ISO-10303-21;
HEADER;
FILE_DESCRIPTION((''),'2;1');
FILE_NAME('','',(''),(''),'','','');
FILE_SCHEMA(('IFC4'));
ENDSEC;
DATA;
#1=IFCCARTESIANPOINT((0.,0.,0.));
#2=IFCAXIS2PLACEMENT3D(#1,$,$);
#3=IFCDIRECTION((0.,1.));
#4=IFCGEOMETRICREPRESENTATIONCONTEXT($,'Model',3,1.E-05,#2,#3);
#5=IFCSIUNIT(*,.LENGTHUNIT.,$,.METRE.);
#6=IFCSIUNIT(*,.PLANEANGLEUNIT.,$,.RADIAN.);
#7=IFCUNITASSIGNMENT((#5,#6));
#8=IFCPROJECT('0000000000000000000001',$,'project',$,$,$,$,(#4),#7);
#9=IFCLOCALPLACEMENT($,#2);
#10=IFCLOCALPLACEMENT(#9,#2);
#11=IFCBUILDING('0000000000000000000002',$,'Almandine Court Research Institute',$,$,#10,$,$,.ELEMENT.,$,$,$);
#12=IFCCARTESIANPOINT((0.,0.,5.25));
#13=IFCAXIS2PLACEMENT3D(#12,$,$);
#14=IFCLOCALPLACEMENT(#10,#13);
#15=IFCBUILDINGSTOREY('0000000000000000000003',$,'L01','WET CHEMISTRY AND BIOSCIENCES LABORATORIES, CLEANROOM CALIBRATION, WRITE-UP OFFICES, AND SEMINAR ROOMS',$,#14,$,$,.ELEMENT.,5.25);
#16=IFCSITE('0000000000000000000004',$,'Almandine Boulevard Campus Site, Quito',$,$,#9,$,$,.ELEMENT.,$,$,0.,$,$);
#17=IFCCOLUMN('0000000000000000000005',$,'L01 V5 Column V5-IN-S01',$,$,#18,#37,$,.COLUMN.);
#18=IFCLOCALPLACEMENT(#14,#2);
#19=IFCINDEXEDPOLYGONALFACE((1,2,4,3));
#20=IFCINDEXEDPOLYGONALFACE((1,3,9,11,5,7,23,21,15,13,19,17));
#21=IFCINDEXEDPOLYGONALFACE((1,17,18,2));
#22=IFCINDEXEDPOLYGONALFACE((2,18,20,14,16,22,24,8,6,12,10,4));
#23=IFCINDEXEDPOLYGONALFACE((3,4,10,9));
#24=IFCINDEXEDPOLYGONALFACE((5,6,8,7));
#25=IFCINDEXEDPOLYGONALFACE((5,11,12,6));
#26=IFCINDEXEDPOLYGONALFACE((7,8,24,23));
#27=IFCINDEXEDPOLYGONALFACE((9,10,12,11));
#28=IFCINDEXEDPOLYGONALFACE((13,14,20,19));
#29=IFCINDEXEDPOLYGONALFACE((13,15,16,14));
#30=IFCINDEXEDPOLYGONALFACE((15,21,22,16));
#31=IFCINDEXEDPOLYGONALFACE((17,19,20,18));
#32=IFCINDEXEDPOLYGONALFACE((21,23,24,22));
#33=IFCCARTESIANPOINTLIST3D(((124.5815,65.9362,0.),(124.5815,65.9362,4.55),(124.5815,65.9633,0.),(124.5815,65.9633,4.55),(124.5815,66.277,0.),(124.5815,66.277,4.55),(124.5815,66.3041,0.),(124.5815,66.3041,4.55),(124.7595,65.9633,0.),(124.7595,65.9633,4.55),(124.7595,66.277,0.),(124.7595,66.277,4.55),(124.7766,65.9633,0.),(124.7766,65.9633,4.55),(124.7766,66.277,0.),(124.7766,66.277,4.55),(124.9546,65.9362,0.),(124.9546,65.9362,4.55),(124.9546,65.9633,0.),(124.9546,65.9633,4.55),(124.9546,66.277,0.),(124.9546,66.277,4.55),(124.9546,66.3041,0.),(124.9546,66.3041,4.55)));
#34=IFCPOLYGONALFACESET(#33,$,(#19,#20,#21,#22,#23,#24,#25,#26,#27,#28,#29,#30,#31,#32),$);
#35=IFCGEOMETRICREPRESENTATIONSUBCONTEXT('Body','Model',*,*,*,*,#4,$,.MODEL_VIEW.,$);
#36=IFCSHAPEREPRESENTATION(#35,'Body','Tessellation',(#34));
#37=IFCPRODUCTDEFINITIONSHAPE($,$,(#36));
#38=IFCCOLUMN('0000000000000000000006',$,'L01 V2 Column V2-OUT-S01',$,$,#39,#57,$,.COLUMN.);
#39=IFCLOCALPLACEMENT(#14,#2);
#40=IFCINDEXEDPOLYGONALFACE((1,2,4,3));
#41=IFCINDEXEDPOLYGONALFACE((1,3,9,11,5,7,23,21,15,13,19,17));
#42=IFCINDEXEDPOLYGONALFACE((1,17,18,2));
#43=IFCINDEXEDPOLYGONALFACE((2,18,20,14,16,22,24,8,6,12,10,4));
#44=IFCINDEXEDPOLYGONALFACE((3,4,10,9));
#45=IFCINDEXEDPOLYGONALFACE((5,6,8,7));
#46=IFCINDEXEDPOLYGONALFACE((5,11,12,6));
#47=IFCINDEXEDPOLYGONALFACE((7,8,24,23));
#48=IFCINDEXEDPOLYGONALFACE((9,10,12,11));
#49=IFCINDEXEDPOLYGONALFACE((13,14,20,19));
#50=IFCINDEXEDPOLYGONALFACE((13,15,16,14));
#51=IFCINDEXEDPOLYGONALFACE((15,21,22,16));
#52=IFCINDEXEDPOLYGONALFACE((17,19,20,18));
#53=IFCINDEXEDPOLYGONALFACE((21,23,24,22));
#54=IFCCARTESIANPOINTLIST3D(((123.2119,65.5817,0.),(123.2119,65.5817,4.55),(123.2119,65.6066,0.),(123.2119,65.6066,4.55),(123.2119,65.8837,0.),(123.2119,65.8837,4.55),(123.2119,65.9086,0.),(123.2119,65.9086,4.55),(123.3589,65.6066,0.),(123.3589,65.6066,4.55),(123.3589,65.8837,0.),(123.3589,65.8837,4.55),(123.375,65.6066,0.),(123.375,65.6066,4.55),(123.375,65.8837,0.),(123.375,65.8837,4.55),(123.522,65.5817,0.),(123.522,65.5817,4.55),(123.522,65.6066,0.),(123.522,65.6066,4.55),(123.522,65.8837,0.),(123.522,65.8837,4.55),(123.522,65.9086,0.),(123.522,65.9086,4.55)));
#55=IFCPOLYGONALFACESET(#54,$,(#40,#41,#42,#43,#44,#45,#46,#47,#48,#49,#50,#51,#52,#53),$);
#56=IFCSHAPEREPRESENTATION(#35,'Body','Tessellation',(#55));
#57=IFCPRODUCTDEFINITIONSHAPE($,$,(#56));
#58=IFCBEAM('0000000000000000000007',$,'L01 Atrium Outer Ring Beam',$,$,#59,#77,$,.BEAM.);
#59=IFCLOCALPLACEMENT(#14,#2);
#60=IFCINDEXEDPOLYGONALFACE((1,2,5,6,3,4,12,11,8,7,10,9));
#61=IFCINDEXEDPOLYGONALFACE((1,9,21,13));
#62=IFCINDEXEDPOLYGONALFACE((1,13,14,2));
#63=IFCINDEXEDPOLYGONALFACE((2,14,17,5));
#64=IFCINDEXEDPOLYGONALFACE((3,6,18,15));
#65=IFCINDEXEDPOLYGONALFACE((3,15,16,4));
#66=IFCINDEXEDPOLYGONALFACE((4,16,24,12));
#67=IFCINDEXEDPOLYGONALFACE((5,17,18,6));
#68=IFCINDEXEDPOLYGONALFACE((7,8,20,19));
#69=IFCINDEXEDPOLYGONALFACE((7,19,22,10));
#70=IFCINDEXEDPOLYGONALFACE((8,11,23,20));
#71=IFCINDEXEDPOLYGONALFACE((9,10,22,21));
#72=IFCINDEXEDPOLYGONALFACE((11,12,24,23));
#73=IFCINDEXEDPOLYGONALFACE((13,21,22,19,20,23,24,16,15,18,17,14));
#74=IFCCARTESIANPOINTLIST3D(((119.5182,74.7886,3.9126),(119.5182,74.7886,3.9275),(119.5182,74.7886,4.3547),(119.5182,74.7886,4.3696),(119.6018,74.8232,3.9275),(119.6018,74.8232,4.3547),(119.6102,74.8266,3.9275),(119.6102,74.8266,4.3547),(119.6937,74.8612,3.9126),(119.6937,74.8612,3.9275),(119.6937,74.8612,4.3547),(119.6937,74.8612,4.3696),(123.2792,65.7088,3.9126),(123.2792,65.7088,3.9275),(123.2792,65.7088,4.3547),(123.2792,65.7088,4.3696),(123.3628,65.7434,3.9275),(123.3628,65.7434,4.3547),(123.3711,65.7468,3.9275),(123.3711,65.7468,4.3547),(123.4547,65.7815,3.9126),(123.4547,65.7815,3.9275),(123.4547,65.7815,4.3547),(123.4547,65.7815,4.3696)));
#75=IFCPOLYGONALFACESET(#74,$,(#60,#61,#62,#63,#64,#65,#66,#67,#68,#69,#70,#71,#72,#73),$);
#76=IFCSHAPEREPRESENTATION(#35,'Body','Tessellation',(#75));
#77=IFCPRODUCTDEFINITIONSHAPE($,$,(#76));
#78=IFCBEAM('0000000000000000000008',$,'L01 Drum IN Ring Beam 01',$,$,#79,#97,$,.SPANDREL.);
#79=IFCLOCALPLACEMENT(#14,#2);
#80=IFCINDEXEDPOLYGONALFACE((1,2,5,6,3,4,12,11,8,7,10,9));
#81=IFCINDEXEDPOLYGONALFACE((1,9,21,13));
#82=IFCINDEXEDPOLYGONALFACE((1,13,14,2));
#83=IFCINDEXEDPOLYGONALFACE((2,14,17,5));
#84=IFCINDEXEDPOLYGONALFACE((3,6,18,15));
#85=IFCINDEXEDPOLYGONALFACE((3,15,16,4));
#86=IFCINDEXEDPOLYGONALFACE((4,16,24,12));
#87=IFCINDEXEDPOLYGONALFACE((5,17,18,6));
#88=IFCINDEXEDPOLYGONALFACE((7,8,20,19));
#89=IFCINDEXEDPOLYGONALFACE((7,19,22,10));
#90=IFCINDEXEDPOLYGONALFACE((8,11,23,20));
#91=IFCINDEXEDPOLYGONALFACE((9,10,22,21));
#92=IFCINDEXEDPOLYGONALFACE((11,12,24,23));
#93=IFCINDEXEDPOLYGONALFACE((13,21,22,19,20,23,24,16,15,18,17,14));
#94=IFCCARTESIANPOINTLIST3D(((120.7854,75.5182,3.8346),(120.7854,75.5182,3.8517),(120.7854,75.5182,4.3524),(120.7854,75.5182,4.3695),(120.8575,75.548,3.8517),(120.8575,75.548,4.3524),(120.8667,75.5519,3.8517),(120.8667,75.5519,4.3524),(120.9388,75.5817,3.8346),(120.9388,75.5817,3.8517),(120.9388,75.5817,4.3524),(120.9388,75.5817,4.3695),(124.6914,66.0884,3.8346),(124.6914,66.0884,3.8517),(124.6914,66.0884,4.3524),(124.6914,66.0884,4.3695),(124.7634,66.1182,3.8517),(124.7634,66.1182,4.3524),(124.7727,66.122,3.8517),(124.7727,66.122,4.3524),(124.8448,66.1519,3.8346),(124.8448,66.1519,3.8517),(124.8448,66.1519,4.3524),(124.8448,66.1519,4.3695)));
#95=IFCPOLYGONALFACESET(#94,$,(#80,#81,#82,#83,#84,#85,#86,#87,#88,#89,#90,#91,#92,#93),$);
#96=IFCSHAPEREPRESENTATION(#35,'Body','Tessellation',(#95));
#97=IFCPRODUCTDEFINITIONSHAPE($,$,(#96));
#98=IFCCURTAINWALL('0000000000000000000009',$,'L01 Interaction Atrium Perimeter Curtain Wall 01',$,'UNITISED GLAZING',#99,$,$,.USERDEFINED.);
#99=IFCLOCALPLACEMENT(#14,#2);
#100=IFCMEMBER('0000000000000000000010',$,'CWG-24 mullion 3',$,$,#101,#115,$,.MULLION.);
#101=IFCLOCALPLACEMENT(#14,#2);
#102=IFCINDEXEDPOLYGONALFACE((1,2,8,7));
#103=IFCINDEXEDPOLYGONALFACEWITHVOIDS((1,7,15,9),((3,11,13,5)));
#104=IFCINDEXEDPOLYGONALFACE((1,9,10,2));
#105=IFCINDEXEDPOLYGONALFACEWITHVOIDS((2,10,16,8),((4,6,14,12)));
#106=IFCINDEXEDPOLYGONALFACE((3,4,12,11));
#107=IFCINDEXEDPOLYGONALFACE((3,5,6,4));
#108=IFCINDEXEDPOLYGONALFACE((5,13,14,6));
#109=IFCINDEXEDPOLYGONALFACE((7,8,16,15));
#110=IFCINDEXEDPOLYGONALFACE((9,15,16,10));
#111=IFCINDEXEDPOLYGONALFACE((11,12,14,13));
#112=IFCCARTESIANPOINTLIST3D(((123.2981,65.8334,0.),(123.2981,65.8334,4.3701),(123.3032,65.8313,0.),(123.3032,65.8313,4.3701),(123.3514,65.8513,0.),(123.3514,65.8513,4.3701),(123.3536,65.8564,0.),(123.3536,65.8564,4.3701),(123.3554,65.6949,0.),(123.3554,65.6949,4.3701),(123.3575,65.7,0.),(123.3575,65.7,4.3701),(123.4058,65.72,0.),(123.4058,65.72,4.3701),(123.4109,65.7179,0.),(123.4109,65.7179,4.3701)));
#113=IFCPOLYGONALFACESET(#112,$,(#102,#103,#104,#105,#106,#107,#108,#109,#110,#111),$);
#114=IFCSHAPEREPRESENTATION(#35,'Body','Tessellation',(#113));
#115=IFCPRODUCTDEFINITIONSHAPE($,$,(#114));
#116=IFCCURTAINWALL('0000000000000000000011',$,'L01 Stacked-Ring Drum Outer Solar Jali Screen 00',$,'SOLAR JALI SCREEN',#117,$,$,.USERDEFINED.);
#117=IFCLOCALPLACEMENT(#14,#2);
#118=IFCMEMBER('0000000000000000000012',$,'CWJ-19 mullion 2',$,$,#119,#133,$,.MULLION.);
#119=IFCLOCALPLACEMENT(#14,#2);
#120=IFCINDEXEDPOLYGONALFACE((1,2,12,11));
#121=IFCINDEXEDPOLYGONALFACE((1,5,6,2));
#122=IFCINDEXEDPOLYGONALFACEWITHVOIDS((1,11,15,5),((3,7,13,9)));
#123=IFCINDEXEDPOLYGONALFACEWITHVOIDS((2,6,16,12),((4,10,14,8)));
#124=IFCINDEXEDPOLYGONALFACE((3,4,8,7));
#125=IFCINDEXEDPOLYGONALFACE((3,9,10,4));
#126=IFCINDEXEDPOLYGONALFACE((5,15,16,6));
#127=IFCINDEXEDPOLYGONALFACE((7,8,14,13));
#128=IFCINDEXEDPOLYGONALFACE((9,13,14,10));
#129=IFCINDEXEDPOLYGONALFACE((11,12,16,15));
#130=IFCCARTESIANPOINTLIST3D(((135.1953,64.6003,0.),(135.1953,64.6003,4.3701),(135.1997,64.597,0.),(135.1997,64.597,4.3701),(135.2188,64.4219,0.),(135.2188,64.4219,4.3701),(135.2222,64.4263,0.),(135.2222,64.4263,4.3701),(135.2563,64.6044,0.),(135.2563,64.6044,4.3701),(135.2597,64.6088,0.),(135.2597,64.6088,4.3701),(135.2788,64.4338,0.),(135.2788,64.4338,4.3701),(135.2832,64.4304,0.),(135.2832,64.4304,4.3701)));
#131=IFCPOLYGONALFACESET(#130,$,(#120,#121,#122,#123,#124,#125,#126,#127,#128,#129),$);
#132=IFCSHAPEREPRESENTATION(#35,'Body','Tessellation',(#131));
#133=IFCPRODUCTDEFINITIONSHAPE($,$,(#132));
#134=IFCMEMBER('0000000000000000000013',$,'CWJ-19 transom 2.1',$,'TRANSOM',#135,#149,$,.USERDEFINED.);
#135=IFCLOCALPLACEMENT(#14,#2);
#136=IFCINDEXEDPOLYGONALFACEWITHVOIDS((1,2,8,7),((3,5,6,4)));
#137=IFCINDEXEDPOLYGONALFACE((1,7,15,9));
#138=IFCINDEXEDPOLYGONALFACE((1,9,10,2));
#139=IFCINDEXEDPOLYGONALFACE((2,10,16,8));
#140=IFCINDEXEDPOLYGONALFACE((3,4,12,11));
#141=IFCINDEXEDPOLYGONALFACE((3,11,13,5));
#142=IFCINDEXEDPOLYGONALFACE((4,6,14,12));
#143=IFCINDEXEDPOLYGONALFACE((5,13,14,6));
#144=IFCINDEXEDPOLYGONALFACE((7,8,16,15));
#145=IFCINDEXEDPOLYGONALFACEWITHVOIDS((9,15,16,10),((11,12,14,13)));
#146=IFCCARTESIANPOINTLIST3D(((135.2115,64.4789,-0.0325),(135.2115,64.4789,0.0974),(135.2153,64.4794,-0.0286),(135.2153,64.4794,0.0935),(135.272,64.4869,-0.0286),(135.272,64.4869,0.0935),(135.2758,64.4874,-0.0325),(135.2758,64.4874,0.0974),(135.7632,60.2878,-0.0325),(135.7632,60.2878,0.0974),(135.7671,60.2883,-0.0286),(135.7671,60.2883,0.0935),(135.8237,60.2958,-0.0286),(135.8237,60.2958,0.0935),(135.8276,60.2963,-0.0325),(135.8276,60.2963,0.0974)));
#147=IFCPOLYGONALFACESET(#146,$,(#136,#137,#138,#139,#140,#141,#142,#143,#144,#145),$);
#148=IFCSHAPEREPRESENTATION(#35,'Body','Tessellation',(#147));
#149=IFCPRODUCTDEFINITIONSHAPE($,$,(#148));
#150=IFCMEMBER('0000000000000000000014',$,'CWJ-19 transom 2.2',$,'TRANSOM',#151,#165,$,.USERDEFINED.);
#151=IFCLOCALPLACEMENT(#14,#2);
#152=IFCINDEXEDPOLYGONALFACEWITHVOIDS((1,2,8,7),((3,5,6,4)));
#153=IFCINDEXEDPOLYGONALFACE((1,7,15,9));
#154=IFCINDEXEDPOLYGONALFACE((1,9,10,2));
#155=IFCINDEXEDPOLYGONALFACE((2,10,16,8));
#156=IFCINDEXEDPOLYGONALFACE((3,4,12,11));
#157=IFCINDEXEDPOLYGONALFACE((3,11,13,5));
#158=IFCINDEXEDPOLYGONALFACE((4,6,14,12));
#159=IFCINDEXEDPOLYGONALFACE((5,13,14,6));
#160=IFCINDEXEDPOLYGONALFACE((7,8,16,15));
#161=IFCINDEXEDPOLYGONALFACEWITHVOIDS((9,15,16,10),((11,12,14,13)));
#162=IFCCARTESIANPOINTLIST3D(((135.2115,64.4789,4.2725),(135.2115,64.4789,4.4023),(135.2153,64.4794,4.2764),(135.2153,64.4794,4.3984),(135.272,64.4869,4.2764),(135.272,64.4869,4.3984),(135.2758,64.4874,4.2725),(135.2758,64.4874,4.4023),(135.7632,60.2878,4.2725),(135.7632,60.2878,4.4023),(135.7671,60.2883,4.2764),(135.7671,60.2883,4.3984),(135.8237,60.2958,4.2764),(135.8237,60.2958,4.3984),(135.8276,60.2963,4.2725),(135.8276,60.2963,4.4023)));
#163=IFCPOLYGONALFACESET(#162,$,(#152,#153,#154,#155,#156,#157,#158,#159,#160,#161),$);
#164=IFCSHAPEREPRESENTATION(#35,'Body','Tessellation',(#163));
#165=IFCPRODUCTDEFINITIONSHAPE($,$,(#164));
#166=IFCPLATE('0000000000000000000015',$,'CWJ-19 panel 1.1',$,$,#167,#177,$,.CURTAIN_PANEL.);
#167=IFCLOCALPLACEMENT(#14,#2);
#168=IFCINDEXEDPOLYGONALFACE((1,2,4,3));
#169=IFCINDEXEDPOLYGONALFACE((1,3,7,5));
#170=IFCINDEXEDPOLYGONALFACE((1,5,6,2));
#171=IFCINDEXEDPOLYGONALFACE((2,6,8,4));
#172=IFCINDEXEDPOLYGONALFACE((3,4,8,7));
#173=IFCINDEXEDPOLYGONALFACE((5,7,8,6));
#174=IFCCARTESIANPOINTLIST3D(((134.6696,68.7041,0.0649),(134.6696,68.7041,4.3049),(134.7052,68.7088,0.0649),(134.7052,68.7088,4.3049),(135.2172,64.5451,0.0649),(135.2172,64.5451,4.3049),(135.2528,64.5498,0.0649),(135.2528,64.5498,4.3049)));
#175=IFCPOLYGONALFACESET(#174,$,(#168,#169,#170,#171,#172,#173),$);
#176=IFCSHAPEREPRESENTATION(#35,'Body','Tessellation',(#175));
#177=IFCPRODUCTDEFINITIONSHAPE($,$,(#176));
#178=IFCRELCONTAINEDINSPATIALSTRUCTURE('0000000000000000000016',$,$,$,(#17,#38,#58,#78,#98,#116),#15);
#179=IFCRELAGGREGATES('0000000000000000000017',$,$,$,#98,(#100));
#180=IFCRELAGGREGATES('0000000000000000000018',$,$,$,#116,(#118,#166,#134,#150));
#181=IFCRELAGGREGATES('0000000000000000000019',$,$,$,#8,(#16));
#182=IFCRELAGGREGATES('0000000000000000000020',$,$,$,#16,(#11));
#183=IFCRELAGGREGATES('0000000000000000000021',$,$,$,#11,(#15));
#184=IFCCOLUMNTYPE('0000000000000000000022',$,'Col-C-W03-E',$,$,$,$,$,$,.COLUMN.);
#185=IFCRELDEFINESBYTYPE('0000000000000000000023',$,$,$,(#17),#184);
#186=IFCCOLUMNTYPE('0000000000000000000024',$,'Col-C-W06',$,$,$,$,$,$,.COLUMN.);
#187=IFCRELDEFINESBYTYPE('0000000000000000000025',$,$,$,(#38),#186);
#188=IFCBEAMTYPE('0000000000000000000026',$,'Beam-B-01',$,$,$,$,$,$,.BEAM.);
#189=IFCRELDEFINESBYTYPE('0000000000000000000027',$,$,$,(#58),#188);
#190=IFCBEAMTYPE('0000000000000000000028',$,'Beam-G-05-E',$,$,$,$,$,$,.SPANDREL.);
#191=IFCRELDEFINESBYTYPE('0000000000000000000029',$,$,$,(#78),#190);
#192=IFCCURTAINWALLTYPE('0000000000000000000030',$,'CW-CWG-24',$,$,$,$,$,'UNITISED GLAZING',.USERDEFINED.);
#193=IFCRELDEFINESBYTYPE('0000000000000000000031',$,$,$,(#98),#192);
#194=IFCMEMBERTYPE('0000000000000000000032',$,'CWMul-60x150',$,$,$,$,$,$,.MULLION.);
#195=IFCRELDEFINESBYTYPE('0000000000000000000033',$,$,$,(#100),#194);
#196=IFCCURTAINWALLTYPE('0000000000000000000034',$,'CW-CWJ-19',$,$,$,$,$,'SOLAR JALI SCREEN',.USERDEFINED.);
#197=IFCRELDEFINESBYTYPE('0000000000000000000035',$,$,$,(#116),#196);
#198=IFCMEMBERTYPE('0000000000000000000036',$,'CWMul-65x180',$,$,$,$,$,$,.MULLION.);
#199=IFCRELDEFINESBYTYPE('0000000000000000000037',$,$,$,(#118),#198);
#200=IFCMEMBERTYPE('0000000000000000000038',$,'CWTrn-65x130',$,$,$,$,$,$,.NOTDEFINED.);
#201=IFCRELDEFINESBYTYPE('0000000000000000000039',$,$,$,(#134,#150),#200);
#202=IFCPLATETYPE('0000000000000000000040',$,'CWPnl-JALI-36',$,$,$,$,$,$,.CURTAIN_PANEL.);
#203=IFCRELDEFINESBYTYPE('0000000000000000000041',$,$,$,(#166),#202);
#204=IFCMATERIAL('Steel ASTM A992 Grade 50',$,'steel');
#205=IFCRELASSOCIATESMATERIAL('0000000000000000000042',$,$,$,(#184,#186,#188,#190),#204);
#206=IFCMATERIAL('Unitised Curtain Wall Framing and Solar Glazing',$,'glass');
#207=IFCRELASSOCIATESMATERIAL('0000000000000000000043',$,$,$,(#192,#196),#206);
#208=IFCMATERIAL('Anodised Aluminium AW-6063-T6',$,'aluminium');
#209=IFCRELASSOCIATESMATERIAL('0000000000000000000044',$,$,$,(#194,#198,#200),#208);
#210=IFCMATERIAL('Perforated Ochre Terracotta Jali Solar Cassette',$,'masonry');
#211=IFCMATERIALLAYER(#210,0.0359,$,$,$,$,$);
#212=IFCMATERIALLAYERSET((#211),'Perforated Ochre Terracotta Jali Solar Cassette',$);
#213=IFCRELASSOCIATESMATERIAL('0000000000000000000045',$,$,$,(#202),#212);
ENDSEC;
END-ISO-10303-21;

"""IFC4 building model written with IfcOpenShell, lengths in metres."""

from ifc_helpers import new_model, si_unit, direction, frame, origin, origin_2d, place, context, subcontext, project, spatial, rectangle, hollow_rectangle, i_section, extrude, material, layer, layer_set, material_profile, profile_set, type_object, element, aggregate, save


model = new_model("IFC4")

# Units and contexts
model_context = context("Model", 3, precision=1e-05, world=origin(), true_north=direction((0.0, 1.0)))
body_context = subcontext(model_context, "Body", "Model", "MODEL_VIEW")
ifc_project = project(units=[si_unit("LENGTHUNIT", "METRE"), si_unit("PLANEANGLEUNIT", "RADIAN")], contexts=[model_context])

# Site, building, storey
site_placement = place(None, origin())
site = spatial("IfcSite", under=ifc_project, at=site_placement, Name="Almandine Boulevard Campus Site, Quito", CompositionType="ELEMENT", RefElevation=0.0)
building_placement = place(site_placement, origin())
building = spatial("IfcBuilding", under=site, at=building_placement, Name="Almandine Court Research Institute", CompositionType="ELEMENT")
storey_placement = place(building_placement, frame((0.0, 0.0, 5.25)))
storey = spatial("IfcBuildingStorey", under=building, at=storey_placement, Name="L01", Description="WET CHEMISTRY AND BIOSCIENCES LABORATORIES, CLEANROOM CALIBRATION, WRITE-UP OFFICES, AND SEMINAR ROOMS", CompositionType="ELEMENT", Elevation=5.25)

# Columns
ifc_material_1 = material(Name="Steel ASTM A992 Grade 50", Category="steel")
ifc_material_profile_1 = material_profile(ifc_material_1, i_section(OverallWidth=0.373, OverallDepth=0.3679, WebThickness=0.0171, FlangeThickness=0.0271, at=origin_2d()), Name="W360x179")
ifc_profile_set_1 = profile_set([ifc_material_profile_1], Name="Steel ASTM A992 Grade 50")
column_type_1 = type_object("IfcColumnType", Name="Col-C-W03-E", PredefinedType="COLUMN", material=ifc_profile_set_1)
column_1_placement = place(storey_placement, frame((124.7681, 66.1201, 0.0), z_axis=(0.0, 0.0, 1.0), x_axis=(1.0, 0.0, 0.0)))
element("IfcColumn", 1, at=column_1_placement, inside=storey, type_object=column_type_1, Name="L01 V5 Column V5-IN-S01", PredefinedType="COLUMN", context=body_context, shape_type="SweptSolid", body=[
    extrude(i_section(OverallWidth=0.373, OverallDepth=0.3679, WebThickness=0.0171, FlangeThickness=0.0271, at=origin_2d()), origin(), (0.0, 0.0, 1.0), 4.55),
])
ifc_material_profile_2 = material_profile(ifc_material_1, i_section(OverallWidth=0.3101, OverallDepth=0.3269, WebThickness=0.0161, FlangeThickness=0.0249, at=origin_2d()), Name="W310x158")
ifc_profile_set_2 = profile_set([ifc_material_profile_2], Name="Steel ASTM A992 Grade 50")
column_type_2 = type_object("IfcColumnType", Name="Col-C-W06", PredefinedType="COLUMN", material=ifc_profile_set_2)
column_2_placement = place(storey_placement, frame((123.3669, 65.7451, 0.0), z_axis=(0.0, 0.0, 1.0), x_axis=(1.0, 0.0, 0.0)))
element("IfcColumn", 2, at=column_2_placement, inside=storey, type_object=column_type_2, Name="L01 V2 Column V2-OUT-S01", PredefinedType="COLUMN", context=body_context, shape_type="SweptSolid", body=[
    extrude(i_section(OverallWidth=0.3101, OverallDepth=0.3269, WebThickness=0.0161, FlangeThickness=0.0249, at=origin_2d()), origin(), (0.0, 0.0, 1.0), 4.55),
])

# Beams
ifc_material_profile_3 = material_profile(ifc_material_1, i_section(OverallWidth=0.1899, OverallDepth=0.457, WebThickness=0.009, FlangeThickness=0.0149, at=origin_2d()), Name="W460x74")
ifc_profile_set_3 = profile_set([ifc_material_profile_3], Name="Steel ASTM A992 Grade 50")
beam_type_1 = type_object("IfcBeamType", Name="Beam-B-01", PredefinedType="BEAM", material=ifc_profile_set_3)
beam_1_placement = place(storey_placement, frame((123.3669, 65.7451, 4.1411), z_axis=(-0.382683, 0.92388, 0.0), x_axis=(-0.92388, -0.382683, 0.0)))
element("IfcBeam", 3, at=beam_1_placement, inside=storey, type_object=beam_type_1, Name="L01 Atrium Outer Ring Beam", PredefinedType="BEAM", context=body_context, shape_type="SweptSolid", body=[
    extrude(i_section(OverallWidth=0.1899, OverallDepth=0.457, WebThickness=0.009, FlangeThickness=0.0149, at=origin_2d()), origin(), (0.0, 0.0, 1.0), 9.8279),
])
ifc_material_profile_4 = material_profile(ifc_material_1, i_section(OverallWidth=0.166, OverallDepth=0.5349, WebThickness=0.01, FlangeThickness=0.0171, at=origin_2d()), Name="W530x85")
ifc_profile_set_4 = profile_set([ifc_material_profile_4], Name="Steel ASTM A992 Grade 50")
beam_type_2 = type_object("IfcBeamType", Name="Beam-G-05-E", PredefinedType="SPANDREL", material=ifc_profile_set_4)
beam_2_placement = place(storey_placement, frame((124.7681, 66.1201, 4.1021), z_axis=(-0.382683, 0.92388, 0.0), x_axis=(-0.92388, -0.382683, 0.0)))
element("IfcBeam", 4, at=beam_2_placement, inside=storey, type_object=beam_type_2, Name="L01 Drum IN Ring Beam 01", PredefinedType="SPANDREL", context=body_context, shape_type="SweptSolid", body=[
    extrude(i_section(OverallWidth=0.166, OverallDepth=0.5349, WebThickness=0.01, FlangeThickness=0.0171, at=origin_2d()), origin(), (0.0, 0.0, 1.0), 10.2068),
])

# Curtain wall, member
ifc_material_2 = material(Name="Unitised Curtain Wall Framing and Solar Glazing", Category="glass")
curtain_wall_type_1 = type_object("IfcCurtainWallType", Name="CW-CWG-24", ElementType="UNITISED GLAZING", PredefinedType="USERDEFINED", material=ifc_material_2)
curtain_wall_1_placement = place(storey_placement, origin())
curtain_wall_1 = element("IfcCurtainWall", 5, at=curtain_wall_1_placement, inside=storey, type_object=curtain_wall_type_1, Name="L01 Interaction Atrium Perimeter Curtain Wall 01", ObjectType="UNITISED GLAZING", PredefinedType="USERDEFINED")
ifc_material_3 = material(Name="Anodised Aluminium AW-6063-T6", Category="aluminium")
ifc_material_profile_5 = material_profile(ifc_material_3, hollow_rectangle(XDim=0.0601, YDim=0.1499, WallThickness=0.0039, at=origin_2d()), Name="ALU RHS 60x150x4")
ifc_profile_set_5 = profile_set([ifc_material_profile_5], Name="Anodised Aluminium AW-6063-T6")
member_type_1 = type_object("IfcMemberType", Name="CWMul-60x150", PredefinedType="MULLION", material=ifc_profile_set_5)
member_1_placement = place(storey_placement, frame((123.3545, 65.7756, 0.0), z_axis=(0.0, 0.0, 1.0), x_axis=(0.9239, 0.382634, 0.0)))
member_1 = element("IfcMember", 6, at=member_1_placement, type_object=member_type_1, Name="CWG-24 mullion 3", PredefinedType="MULLION", context=body_context, shape_type="SweptSolid", body=[
    extrude(hollow_rectangle(XDim=0.0601, YDim=0.1499, WallThickness=0.0039, at=origin_2d()), origin(), (0.0, 0.0, 1.0), 4.3701),
])
aggregate(curtain_wall_1, [member_1])

# Curtain wall, members, plate
curtain_wall_type_2 = type_object("IfcCurtainWallType", Name="CW-CWJ-19", ElementType="SOLAR JALI SCREEN", PredefinedType="USERDEFINED", material=ifc_material_2)
curtain_wall_2_placement = place(storey_placement, origin())
curtain_wall_2 = element("IfcCurtainWall", 7, at=curtain_wall_2_placement, inside=storey, type_object=curtain_wall_type_2, Name="L01 Stacked-Ring Drum Outer Solar Jali Screen 00", ObjectType="SOLAR JALI SCREEN", PredefinedType="USERDEFINED")
ifc_material_profile_6 = material_profile(ifc_material_3, hollow_rectangle(XDim=0.0649, YDim=0.1799, WallThickness=0.0039, at=origin_2d()), Name="ALU RHS 65x180x4")
ifc_profile_set_6 = profile_set([ifc_material_profile_6], Name="Anodised Aluminium AW-6063-T6")
member_type_2 = type_object("IfcMemberType", Name="CWMul-65x180", PredefinedType="MULLION", material=ifc_profile_set_6)
member_2_placement = place(storey_placement, frame((135.2393, 64.5154, 0.0), z_axis=(0.0, 0.0, 1.0), x_axis=(0.991443, 0.130541, 0.0)))
member_2 = element("IfcMember", 8, at=member_2_placement, type_object=member_type_2, Name="CWJ-19 mullion 2", PredefinedType="MULLION", context=body_context, shape_type="SweptSolid", body=[
    extrude(hollow_rectangle(XDim=0.0649, YDim=0.1799, WallThickness=0.0039, at=origin_2d()), origin(), (0.0, 0.0, 1.0), 4.3701),
])
ifc_material_profile_7 = material_profile(ifc_material_3, hollow_rectangle(XDim=0.0649, YDim=0.1299, WallThickness=0.0039, at=origin_2d()), Name="ALU RHS 65x130x4")
ifc_profile_set_7 = profile_set([ifc_material_profile_7], Name="Anodised Aluminium AW-6063-T6")
member_type_3 = type_object("IfcMemberType", Name="CWTrn-65x130", PredefinedType="NOTDEFINED", material=ifc_profile_set_7)
member_3_placement = place(storey_placement, frame((135.2437, 64.4832, 0.0325), z_axis=(0.130522, -0.991445, 0.0), x_axis=(0.991445, 0.130522, 0.0)))
member_3 = element("IfcMember", 9, at=member_3_placement, type_object=member_type_3, Name="CWJ-19 transom 2.1", ObjectType="TRANSOM", PredefinedType="USERDEFINED", context=body_context, shape_type="SweptSolid", body=[
    extrude(hollow_rectangle(XDim=0.0649, YDim=0.1299, WallThickness=0.0039, at=origin_2d()), origin(), (0.0, 0.0, 1.0), 4.2273),
])
member_4_placement = place(storey_placement, frame((135.2437, 64.4832, 4.3374), z_axis=(0.130522, -0.991445, 0.0), x_axis=(0.991445, 0.130522, 0.0)))
member_4 = element("IfcMember", 10, at=member_4_placement, type_object=member_type_3, Name="CWJ-19 transom 2.2", ObjectType="TRANSOM", PredefinedType="USERDEFINED", context=body_context, shape_type="SweptSolid", body=[
    extrude(hollow_rectangle(XDim=0.0649, YDim=0.1299, WallThickness=0.0039, at=origin_2d()), origin(), (0.0, 0.0, 1.0), 4.2273),
])
ifc_material_4 = material(Name="Perforated Ochre Terracotta Jali Solar Cassette", Category="masonry")
ifc_layer_1 = layer(ifc_material_4, 0.0359)
ifc_layer_set_1 = layer_set([ifc_layer_1], Name="Perforated Ochre Terracotta Jali Solar Cassette")
plate_type = type_object("IfcPlateType", Name="CWPnl-JALI-36", PredefinedType="CURTAIN_PANEL", material=ifc_layer_set_1)
plate_1_placement = place(storey_placement, frame((134.9612, 66.627, 0.0649), z_axis=(0.0, 0.0, 1.0), x_axis=(0.130541, -0.991443, 0.0)))
plate_1 = element("IfcPlate", 11, at=plate_1_placement, type_object=plate_type, Name="CWJ-19 panel 1.1", PredefinedType="CURTAIN_PANEL", context=body_context, shape_type="SweptSolid", body=[
    extrude(rectangle(XDim=4.1948, YDim=0.0359, at=origin_2d()), origin(), (0.0, 0.0, 1.0), 4.24),
])
aggregate(curtain_wall_2, [member_2, plate_1, member_3, member_4])

save(model, "model.ifc")
